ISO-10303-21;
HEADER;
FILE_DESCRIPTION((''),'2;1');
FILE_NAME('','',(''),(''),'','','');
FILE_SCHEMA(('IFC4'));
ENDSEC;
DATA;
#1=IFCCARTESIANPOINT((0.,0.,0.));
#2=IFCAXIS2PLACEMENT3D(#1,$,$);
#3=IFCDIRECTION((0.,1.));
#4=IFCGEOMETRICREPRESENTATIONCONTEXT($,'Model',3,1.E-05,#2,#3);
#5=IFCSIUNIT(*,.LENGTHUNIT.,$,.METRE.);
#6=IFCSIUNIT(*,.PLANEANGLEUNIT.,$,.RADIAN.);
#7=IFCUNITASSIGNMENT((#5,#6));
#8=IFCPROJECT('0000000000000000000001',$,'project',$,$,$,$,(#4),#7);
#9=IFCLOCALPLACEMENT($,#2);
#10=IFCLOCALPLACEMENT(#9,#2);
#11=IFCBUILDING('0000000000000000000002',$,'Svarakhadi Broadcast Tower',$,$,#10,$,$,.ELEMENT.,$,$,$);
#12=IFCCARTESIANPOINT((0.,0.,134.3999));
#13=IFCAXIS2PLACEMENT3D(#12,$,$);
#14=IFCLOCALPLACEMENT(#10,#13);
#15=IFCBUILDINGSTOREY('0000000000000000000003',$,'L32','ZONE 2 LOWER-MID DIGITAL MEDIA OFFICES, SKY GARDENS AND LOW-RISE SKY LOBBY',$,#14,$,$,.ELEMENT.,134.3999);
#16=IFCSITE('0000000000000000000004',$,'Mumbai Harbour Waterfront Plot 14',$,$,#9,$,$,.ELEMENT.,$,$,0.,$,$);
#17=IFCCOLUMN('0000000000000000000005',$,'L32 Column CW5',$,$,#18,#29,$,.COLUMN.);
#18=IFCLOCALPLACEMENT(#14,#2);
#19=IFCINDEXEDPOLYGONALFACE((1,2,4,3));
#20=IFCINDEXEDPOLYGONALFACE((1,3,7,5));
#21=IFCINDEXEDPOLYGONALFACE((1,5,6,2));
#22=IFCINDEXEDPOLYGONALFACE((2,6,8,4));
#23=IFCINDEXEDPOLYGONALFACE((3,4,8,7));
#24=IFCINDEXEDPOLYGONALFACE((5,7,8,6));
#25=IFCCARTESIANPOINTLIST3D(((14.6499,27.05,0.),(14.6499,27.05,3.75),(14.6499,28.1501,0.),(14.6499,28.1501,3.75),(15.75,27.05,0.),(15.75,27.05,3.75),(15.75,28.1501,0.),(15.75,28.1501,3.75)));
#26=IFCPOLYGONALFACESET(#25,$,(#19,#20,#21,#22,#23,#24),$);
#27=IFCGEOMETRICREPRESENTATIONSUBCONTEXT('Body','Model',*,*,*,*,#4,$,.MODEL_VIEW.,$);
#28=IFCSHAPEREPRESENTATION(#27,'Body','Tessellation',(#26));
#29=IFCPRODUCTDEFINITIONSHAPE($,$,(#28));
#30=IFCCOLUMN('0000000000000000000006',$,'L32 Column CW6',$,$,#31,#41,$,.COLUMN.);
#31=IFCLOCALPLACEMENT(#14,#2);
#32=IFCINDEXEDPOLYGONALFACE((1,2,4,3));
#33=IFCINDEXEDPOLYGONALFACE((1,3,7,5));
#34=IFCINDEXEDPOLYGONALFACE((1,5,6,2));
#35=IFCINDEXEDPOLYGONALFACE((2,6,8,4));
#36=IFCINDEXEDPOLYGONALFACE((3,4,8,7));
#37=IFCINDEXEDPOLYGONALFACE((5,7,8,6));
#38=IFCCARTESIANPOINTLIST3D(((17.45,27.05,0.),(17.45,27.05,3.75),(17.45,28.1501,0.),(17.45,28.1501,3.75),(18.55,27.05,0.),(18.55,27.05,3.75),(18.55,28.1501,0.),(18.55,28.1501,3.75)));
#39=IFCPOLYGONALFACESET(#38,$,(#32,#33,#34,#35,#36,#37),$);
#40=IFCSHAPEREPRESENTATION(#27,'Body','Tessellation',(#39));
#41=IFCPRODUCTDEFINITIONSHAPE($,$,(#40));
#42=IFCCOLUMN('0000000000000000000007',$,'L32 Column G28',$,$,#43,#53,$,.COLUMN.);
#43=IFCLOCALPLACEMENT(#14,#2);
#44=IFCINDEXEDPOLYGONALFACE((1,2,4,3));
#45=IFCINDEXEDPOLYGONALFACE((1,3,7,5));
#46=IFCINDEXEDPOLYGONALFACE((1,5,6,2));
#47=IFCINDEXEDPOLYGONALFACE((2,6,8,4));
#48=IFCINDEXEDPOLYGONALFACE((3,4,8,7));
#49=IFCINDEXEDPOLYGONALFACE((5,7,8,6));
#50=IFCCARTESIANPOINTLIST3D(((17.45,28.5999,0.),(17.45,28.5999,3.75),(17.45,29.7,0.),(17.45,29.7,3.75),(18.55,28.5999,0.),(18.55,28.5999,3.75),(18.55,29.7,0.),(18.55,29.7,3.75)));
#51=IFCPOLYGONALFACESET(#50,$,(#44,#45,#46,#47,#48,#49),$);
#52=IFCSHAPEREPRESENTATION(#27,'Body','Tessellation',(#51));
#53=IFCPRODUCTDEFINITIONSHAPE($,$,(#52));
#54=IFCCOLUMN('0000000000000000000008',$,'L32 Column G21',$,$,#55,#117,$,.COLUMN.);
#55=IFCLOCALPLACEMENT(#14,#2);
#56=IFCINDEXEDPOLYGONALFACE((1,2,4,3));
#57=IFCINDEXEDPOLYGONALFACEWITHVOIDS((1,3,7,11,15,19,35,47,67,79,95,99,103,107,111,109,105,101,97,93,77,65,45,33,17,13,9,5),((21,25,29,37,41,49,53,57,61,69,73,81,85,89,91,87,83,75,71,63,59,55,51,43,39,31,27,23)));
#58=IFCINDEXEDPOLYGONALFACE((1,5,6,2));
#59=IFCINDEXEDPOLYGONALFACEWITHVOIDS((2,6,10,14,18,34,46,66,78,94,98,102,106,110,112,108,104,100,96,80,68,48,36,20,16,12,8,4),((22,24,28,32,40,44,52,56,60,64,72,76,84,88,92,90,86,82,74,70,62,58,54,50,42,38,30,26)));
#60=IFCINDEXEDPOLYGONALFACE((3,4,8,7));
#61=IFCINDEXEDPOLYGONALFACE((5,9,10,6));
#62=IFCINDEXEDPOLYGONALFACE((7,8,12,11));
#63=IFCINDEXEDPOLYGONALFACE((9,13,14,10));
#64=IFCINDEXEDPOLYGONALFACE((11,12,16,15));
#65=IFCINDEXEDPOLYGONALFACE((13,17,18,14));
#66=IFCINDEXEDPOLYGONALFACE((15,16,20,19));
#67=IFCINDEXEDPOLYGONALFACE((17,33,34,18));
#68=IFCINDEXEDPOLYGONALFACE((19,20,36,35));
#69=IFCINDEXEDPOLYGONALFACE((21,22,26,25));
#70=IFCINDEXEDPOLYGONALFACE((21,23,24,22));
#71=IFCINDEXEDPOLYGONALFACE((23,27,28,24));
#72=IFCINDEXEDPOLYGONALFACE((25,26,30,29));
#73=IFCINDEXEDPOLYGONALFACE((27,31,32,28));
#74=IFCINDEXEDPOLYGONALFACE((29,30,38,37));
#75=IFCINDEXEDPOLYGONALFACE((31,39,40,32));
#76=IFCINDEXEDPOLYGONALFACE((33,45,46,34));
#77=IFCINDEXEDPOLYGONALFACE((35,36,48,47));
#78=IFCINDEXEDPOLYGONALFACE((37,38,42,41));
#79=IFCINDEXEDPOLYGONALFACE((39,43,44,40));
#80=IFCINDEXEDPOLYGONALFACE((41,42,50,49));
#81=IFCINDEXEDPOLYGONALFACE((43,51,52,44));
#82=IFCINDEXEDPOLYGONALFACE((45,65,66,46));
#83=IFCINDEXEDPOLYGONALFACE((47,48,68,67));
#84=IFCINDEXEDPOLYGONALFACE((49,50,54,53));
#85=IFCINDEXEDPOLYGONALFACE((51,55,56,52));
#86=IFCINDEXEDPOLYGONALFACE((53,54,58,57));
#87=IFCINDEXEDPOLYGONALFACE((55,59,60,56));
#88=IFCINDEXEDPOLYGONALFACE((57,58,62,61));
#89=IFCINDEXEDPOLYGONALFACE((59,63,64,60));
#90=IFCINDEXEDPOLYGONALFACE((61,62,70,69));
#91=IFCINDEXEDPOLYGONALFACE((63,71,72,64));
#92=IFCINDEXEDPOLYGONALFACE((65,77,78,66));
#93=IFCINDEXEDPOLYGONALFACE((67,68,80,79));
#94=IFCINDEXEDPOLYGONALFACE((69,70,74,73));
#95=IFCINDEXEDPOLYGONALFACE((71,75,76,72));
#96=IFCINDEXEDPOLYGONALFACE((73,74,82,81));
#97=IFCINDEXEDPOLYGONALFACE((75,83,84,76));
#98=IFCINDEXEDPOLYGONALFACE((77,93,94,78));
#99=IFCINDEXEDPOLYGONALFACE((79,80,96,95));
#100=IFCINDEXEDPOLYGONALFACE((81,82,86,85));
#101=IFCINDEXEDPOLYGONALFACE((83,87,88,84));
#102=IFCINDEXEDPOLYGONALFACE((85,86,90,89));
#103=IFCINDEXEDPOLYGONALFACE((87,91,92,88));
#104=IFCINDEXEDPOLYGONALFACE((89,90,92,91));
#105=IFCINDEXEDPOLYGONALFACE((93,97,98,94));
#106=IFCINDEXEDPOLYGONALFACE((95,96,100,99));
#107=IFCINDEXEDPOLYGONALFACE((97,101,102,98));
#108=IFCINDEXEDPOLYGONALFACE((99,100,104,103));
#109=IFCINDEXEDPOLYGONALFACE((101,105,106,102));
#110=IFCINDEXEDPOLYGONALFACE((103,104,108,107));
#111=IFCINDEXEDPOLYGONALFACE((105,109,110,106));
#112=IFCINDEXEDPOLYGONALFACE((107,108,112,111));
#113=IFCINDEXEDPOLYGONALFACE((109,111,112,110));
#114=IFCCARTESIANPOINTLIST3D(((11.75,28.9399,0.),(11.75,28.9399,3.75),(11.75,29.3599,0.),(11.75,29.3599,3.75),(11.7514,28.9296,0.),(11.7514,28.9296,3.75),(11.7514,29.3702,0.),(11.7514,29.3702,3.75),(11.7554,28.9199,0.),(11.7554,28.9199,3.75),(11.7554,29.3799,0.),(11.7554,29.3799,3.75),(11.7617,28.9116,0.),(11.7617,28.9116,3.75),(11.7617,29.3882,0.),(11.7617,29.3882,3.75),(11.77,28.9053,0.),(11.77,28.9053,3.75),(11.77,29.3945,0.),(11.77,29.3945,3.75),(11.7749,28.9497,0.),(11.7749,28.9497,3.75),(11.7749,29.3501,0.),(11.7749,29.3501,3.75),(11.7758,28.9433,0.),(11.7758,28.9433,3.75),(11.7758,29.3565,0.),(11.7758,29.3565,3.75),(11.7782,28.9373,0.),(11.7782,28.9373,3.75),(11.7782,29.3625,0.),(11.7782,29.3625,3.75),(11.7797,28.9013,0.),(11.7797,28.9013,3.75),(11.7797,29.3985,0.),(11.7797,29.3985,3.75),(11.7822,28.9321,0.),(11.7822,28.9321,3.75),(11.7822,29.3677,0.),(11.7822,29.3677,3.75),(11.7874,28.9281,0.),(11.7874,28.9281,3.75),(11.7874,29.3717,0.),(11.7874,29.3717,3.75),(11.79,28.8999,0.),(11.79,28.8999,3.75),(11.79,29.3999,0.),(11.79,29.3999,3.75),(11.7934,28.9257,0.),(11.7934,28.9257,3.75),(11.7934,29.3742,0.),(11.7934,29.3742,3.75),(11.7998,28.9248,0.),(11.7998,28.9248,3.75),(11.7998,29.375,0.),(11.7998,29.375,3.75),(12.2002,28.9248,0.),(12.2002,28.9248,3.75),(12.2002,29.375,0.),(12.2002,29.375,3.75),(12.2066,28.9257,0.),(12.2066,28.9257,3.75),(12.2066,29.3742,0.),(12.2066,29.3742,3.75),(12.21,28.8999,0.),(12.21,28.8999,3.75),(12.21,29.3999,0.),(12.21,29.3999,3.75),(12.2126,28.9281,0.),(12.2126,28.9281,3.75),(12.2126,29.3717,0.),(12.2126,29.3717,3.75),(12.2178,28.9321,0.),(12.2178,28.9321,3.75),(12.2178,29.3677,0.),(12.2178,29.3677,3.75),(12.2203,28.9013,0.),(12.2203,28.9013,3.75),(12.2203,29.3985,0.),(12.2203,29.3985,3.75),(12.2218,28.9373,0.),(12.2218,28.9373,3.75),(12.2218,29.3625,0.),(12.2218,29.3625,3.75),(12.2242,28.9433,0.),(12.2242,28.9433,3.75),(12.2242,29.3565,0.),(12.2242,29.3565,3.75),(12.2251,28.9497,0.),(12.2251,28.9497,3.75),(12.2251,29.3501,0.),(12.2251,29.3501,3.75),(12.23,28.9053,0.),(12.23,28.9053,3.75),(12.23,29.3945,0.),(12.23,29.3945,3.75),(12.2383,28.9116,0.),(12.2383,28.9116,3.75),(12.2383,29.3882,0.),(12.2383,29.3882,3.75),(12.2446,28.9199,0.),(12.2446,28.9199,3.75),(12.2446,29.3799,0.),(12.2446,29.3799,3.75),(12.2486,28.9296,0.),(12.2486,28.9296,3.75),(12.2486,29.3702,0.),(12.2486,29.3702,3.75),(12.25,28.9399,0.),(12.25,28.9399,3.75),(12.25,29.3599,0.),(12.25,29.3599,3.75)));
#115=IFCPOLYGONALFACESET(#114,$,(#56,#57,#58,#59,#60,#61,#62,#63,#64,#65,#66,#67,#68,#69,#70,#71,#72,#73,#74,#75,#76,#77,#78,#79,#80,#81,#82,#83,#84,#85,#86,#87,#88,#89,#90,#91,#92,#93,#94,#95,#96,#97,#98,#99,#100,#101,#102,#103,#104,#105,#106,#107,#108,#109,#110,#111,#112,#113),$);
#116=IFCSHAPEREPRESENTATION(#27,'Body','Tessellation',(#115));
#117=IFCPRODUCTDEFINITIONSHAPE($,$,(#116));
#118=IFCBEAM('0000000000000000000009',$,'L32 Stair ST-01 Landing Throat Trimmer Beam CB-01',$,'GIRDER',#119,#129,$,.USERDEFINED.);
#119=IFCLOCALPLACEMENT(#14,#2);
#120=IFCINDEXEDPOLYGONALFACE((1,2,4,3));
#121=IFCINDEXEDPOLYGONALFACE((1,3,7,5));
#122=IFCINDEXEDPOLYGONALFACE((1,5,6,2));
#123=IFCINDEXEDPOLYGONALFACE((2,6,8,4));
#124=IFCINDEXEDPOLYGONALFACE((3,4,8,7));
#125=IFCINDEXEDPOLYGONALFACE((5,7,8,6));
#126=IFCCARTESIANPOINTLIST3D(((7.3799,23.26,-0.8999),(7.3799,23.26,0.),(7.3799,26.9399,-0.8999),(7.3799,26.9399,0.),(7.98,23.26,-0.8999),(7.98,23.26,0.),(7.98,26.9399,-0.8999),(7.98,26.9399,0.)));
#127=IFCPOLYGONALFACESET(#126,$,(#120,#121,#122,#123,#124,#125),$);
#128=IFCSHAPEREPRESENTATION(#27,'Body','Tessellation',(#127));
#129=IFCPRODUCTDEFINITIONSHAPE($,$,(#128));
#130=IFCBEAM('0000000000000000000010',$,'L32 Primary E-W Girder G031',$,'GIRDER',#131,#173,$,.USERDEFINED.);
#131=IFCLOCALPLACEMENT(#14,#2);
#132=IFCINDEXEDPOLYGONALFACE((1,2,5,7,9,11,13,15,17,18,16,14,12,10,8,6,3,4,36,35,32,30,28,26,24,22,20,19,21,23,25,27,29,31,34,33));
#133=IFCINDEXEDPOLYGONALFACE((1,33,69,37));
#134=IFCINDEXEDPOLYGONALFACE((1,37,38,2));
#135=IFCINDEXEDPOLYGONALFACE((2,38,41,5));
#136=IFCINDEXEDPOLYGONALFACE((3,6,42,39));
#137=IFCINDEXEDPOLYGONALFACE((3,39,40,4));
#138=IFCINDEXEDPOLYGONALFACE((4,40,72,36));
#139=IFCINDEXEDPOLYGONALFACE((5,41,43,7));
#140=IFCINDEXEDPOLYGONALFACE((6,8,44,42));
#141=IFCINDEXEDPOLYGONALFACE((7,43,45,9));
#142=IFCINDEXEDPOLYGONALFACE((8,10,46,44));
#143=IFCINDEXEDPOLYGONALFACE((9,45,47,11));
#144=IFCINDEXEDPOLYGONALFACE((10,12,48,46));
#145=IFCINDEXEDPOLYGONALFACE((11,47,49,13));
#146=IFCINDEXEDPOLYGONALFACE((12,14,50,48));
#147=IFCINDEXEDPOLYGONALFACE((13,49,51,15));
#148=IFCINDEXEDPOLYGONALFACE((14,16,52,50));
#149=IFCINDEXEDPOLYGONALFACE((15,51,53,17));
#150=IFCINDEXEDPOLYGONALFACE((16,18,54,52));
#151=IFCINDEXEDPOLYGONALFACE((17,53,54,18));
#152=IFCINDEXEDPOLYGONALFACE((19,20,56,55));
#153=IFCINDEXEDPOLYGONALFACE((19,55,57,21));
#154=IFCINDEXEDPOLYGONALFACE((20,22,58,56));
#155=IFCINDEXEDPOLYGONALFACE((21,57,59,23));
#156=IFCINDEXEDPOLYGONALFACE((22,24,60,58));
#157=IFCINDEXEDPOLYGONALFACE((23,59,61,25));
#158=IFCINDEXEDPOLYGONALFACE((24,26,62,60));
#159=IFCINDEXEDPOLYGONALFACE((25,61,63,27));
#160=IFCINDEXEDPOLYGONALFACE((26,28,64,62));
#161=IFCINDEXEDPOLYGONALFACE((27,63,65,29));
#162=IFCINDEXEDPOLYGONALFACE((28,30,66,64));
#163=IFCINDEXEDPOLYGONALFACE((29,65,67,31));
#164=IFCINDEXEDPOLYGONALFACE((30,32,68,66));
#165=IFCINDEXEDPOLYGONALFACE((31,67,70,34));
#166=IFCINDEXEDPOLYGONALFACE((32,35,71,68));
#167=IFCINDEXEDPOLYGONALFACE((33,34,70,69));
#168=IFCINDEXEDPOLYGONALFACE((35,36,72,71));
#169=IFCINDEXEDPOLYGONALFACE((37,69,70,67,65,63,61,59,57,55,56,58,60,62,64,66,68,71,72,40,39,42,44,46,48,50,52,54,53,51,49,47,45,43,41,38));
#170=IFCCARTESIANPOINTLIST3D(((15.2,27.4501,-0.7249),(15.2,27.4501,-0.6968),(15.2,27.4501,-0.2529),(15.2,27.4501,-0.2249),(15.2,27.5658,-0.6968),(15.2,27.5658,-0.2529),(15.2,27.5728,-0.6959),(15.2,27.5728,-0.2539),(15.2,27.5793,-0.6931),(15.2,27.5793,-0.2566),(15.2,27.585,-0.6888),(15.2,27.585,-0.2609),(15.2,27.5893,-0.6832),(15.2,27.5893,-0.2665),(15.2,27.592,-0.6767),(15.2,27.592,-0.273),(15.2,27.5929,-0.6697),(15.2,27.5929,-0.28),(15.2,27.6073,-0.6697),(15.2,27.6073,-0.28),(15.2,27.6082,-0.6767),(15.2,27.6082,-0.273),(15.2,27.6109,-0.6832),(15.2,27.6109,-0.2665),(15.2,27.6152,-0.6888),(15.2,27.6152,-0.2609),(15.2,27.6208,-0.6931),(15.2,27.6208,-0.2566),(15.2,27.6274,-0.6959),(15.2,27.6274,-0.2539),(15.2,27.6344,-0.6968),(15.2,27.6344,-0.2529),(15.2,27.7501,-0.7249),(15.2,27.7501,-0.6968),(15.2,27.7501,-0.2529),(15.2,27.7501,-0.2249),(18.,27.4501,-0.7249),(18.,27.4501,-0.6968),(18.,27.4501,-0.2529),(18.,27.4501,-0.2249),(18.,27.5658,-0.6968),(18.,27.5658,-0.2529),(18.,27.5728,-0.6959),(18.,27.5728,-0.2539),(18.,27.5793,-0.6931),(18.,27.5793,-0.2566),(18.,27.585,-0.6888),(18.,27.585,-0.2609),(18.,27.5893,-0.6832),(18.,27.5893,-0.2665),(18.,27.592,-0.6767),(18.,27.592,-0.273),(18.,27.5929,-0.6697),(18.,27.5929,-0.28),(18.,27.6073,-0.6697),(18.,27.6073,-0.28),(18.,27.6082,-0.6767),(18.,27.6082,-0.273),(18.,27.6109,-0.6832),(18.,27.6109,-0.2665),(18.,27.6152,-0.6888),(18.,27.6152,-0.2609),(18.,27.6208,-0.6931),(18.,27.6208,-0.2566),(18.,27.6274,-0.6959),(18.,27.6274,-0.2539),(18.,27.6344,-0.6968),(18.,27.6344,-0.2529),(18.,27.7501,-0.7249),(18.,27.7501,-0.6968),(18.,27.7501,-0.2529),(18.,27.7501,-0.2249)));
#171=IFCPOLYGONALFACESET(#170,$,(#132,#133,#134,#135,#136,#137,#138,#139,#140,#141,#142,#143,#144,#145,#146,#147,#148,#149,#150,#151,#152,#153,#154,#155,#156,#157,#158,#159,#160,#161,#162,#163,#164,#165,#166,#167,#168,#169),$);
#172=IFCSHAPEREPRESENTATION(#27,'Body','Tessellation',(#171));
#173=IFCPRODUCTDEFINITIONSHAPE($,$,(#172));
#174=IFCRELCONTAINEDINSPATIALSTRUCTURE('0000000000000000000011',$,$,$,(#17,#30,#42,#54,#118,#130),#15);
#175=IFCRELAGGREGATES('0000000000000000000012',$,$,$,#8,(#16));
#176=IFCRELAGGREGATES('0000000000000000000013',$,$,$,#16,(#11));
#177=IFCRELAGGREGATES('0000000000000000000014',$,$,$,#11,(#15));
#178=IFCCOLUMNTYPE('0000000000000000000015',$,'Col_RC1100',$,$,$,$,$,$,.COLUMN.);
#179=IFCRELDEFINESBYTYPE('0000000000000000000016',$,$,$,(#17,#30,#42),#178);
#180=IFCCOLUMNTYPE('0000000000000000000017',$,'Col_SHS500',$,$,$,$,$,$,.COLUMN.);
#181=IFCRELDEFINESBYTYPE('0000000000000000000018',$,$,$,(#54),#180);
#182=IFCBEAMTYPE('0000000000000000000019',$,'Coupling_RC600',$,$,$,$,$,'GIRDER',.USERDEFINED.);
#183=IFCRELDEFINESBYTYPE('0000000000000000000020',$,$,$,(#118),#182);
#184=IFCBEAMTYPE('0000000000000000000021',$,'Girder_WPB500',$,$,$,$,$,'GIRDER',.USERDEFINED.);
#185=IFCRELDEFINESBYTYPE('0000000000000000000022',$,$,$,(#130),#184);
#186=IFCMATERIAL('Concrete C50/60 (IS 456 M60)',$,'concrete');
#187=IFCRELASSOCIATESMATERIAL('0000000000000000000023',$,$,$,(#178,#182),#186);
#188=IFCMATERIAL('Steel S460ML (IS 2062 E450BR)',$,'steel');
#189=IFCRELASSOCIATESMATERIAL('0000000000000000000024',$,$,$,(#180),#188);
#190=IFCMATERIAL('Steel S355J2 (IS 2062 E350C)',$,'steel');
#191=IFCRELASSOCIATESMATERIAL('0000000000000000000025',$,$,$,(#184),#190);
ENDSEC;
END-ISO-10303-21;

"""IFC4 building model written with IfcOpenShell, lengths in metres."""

from ifc_helpers import new_model, si_unit, direction, frame, origin, origin_2d, place, context, subcontext, project, spatial, rectangle, hollow_rectangle, i_section, extrude, material, material_profile, profile_set, type_object, element, save


model = new_model("IFC4")

# Units and contexts
model_context = context("Model", 3, precision=1e-05, world=origin(), true_north=direction((0.0, 1.0)))
body_context = subcontext(model_context, "Body", "Model", "MODEL_VIEW")
ifc_project = project(units=[si_unit("LENGTHUNIT", "METRE"), si_unit("PLANEANGLEUNIT", "RADIAN")], contexts=[model_context])

# Site, building, storey
site_placement = place(None, origin())
site = spatial("IfcSite", under=ifc_project, at=site_placement, Name="Mumbai Harbour Waterfront Plot 14", CompositionType="ELEMENT", RefElevation=0.0)
building_placement = place(site_placement, origin())
building = spatial("IfcBuilding", under=site, at=building_placement, Name="Svarakhadi Broadcast Tower", CompositionType="ELEMENT")
storey_placement = place(building_placement, frame((0.0, 0.0, 134.3999)))
storey = spatial("IfcBuildingStorey", under=building, at=storey_placement, Name="L32", Description="ZONE 2 LOWER-MID DIGITAL MEDIA OFFICES, SKY GARDENS AND LOW-RISE SKY LOBBY", CompositionType="ELEMENT", Elevation=134.3999)

# Columns
ifc_material_1 = material(Name="Concrete C50/60 (IS 456 M60)", Category="concrete")
ifc_material_profile_1 = material_profile(ifc_material_1, rectangle(XDim=1.1001, YDim=1.1001, at=origin_2d()), Name="RC 1100x1100")
ifc_profile_set_1 = profile_set([ifc_material_profile_1], Name="Concrete C50/60 (IS 456 M60)")
column_type_1 = type_object("IfcColumnType", Name="Col_RC1100", PredefinedType="COLUMN", material=ifc_profile_set_1)
for number, where, z_axis, x_axis, name in (
    (1, (15.2, 27.6001, 0.0), (0.0, 0.0, 1.0), (1.0, 0.0, 0.0), "L32 Column CW5"),
    (2, (18.0, 27.6001, 0.0), (0.0, 0.0, 1.0), (1.0, 0.0, 0.0), "L32 Column CW6"),
    (3, (18.0, 29.1499, 0.0), (0.0, 0.0, 1.0), (1.0, 0.0, 0.0), "L32 Column G28"),
):
    element("IfcColumn", number, at=place(storey_placement, frame(where, z_axis=z_axis, x_axis=x_axis)), inside=storey, type_object=column_type_1, Name=name, PredefinedType="COLUMN", context=body_context, shape_type="SweptSolid", body=[
        extrude(rectangle(XDim=1.1001, YDim=1.1001, at=origin_2d()), origin(), (0.0, 0.0, 1.0), 3.75),
    ])
ifc_material_2 = material(Name="Steel S460ML (IS 2062 E450BR)", Category="steel")
ifc_material_profile_2 = material_profile(ifc_material_2, hollow_rectangle(XDim=0.5, YDim=0.5, WallThickness=0.0249, InnerFilletRadius=0.0249, OuterFilletRadius=0.04, at=origin_2d()), Name="SHS 500x500x25")
ifc_profile_set_2 = profile_set([ifc_material_profile_2], Name="Steel S460ML (IS 2062 E450BR)")
column_type_2 = type_object("IfcColumnType", Name="Col_SHS500", PredefinedType="COLUMN", material=ifc_profile_set_2)
column_placement = place(storey_placement, frame((12.0, 29.1499, 0.0), z_axis=(0.0, 0.0, 1.0), x_axis=(1.0, 0.0, 0.0)))
element("IfcColumn", 4, at=column_placement, inside=storey, type_object=column_type_2, Name="L32 Column G21", PredefinedType="COLUMN", context=body_context, shape_type="SweptSolid", body=[
    extrude(hollow_rectangle(XDim=0.5, YDim=0.5, WallThickness=0.0249, InnerFilletRadius=0.0249, OuterFilletRadius=0.04, at=origin_2d()), origin(), (0.0, 0.0, 1.0), 3.75),
])

# Beams
ifc_material_profile_3 = material_profile(ifc_material_1, rectangle(XDim=0.6001, YDim=0.8999, at=origin_2d()), Name="RC 600x900")
ifc_profile_set_3 = profile_set([ifc_material_profile_3], Name="Concrete C50/60 (IS 456 M60)")
beam_type_1 = type_object("IfcBeamType", Name="Coupling_RC600", ElementType="GIRDER", PredefinedType="USERDEFINED", material=ifc_profile_set_3)
beam_1_placement = place(storey_placement, frame((7.6799, 23.26, -0.45), z_axis=(0.0, 1.0, 0.0), x_axis=(-1.0, 0.0, 0.0)))
element("IfcBeam", 5, at=beam_1_placement, inside=storey, type_object=beam_type_1, Name="L32 Stair ST-01 Landing Throat Trimmer Beam CB-01", ObjectType="GIRDER", PredefinedType="USERDEFINED", context=body_context, shape_type="SweptSolid", body=[
    extrude(rectangle(XDim=0.6001, YDim=0.8999, at=origin_2d()), origin(), (0.0, 0.0, 1.0), 3.6799),
])
ifc_material_3 = material(Name="Steel S355J2 (IS 2062 E350C)", Category="steel")
ifc_material_profile_4 = material_profile(ifc_material_3, i_section(OverallWidth=0.3, OverallDepth=0.5, WebThickness=0.0144, FlangeThickness=0.0281, FilletRadius=0.0271, at=origin_2d()), Name="WPB 500x300x187")
ifc_profile_set_4 = profile_set([ifc_material_profile_4], Name="Steel S355J2 (IS 2062 E350C)")
beam_type_2 = type_object("IfcBeamType", Name="Girder_WPB500", ElementType="GIRDER", PredefinedType="USERDEFINED", material=ifc_profile_set_4)
beam_2_placement = place(storey_placement, frame((15.2, 27.6001, -0.4749), z_axis=(1.0, 0.0, 0.0), x_axis=(0.0, 1.0, 0.0)))
element("IfcBeam", 6, at=beam_2_placement, inside=storey, type_object=beam_type_2, Name="L32 Primary E-W Girder G031", ObjectType="GIRDER", PredefinedType="USERDEFINED", context=body_context, shape_type="SweptSolid", body=[
    extrude(i_section(OverallWidth=0.3, OverallDepth=0.5, WebThickness=0.0144, FlangeThickness=0.0281, FilletRadius=0.0271, at=origin_2d()), origin(), (0.0, 0.0, 1.0), 2.8),
])

save(model, "model.ifc")
